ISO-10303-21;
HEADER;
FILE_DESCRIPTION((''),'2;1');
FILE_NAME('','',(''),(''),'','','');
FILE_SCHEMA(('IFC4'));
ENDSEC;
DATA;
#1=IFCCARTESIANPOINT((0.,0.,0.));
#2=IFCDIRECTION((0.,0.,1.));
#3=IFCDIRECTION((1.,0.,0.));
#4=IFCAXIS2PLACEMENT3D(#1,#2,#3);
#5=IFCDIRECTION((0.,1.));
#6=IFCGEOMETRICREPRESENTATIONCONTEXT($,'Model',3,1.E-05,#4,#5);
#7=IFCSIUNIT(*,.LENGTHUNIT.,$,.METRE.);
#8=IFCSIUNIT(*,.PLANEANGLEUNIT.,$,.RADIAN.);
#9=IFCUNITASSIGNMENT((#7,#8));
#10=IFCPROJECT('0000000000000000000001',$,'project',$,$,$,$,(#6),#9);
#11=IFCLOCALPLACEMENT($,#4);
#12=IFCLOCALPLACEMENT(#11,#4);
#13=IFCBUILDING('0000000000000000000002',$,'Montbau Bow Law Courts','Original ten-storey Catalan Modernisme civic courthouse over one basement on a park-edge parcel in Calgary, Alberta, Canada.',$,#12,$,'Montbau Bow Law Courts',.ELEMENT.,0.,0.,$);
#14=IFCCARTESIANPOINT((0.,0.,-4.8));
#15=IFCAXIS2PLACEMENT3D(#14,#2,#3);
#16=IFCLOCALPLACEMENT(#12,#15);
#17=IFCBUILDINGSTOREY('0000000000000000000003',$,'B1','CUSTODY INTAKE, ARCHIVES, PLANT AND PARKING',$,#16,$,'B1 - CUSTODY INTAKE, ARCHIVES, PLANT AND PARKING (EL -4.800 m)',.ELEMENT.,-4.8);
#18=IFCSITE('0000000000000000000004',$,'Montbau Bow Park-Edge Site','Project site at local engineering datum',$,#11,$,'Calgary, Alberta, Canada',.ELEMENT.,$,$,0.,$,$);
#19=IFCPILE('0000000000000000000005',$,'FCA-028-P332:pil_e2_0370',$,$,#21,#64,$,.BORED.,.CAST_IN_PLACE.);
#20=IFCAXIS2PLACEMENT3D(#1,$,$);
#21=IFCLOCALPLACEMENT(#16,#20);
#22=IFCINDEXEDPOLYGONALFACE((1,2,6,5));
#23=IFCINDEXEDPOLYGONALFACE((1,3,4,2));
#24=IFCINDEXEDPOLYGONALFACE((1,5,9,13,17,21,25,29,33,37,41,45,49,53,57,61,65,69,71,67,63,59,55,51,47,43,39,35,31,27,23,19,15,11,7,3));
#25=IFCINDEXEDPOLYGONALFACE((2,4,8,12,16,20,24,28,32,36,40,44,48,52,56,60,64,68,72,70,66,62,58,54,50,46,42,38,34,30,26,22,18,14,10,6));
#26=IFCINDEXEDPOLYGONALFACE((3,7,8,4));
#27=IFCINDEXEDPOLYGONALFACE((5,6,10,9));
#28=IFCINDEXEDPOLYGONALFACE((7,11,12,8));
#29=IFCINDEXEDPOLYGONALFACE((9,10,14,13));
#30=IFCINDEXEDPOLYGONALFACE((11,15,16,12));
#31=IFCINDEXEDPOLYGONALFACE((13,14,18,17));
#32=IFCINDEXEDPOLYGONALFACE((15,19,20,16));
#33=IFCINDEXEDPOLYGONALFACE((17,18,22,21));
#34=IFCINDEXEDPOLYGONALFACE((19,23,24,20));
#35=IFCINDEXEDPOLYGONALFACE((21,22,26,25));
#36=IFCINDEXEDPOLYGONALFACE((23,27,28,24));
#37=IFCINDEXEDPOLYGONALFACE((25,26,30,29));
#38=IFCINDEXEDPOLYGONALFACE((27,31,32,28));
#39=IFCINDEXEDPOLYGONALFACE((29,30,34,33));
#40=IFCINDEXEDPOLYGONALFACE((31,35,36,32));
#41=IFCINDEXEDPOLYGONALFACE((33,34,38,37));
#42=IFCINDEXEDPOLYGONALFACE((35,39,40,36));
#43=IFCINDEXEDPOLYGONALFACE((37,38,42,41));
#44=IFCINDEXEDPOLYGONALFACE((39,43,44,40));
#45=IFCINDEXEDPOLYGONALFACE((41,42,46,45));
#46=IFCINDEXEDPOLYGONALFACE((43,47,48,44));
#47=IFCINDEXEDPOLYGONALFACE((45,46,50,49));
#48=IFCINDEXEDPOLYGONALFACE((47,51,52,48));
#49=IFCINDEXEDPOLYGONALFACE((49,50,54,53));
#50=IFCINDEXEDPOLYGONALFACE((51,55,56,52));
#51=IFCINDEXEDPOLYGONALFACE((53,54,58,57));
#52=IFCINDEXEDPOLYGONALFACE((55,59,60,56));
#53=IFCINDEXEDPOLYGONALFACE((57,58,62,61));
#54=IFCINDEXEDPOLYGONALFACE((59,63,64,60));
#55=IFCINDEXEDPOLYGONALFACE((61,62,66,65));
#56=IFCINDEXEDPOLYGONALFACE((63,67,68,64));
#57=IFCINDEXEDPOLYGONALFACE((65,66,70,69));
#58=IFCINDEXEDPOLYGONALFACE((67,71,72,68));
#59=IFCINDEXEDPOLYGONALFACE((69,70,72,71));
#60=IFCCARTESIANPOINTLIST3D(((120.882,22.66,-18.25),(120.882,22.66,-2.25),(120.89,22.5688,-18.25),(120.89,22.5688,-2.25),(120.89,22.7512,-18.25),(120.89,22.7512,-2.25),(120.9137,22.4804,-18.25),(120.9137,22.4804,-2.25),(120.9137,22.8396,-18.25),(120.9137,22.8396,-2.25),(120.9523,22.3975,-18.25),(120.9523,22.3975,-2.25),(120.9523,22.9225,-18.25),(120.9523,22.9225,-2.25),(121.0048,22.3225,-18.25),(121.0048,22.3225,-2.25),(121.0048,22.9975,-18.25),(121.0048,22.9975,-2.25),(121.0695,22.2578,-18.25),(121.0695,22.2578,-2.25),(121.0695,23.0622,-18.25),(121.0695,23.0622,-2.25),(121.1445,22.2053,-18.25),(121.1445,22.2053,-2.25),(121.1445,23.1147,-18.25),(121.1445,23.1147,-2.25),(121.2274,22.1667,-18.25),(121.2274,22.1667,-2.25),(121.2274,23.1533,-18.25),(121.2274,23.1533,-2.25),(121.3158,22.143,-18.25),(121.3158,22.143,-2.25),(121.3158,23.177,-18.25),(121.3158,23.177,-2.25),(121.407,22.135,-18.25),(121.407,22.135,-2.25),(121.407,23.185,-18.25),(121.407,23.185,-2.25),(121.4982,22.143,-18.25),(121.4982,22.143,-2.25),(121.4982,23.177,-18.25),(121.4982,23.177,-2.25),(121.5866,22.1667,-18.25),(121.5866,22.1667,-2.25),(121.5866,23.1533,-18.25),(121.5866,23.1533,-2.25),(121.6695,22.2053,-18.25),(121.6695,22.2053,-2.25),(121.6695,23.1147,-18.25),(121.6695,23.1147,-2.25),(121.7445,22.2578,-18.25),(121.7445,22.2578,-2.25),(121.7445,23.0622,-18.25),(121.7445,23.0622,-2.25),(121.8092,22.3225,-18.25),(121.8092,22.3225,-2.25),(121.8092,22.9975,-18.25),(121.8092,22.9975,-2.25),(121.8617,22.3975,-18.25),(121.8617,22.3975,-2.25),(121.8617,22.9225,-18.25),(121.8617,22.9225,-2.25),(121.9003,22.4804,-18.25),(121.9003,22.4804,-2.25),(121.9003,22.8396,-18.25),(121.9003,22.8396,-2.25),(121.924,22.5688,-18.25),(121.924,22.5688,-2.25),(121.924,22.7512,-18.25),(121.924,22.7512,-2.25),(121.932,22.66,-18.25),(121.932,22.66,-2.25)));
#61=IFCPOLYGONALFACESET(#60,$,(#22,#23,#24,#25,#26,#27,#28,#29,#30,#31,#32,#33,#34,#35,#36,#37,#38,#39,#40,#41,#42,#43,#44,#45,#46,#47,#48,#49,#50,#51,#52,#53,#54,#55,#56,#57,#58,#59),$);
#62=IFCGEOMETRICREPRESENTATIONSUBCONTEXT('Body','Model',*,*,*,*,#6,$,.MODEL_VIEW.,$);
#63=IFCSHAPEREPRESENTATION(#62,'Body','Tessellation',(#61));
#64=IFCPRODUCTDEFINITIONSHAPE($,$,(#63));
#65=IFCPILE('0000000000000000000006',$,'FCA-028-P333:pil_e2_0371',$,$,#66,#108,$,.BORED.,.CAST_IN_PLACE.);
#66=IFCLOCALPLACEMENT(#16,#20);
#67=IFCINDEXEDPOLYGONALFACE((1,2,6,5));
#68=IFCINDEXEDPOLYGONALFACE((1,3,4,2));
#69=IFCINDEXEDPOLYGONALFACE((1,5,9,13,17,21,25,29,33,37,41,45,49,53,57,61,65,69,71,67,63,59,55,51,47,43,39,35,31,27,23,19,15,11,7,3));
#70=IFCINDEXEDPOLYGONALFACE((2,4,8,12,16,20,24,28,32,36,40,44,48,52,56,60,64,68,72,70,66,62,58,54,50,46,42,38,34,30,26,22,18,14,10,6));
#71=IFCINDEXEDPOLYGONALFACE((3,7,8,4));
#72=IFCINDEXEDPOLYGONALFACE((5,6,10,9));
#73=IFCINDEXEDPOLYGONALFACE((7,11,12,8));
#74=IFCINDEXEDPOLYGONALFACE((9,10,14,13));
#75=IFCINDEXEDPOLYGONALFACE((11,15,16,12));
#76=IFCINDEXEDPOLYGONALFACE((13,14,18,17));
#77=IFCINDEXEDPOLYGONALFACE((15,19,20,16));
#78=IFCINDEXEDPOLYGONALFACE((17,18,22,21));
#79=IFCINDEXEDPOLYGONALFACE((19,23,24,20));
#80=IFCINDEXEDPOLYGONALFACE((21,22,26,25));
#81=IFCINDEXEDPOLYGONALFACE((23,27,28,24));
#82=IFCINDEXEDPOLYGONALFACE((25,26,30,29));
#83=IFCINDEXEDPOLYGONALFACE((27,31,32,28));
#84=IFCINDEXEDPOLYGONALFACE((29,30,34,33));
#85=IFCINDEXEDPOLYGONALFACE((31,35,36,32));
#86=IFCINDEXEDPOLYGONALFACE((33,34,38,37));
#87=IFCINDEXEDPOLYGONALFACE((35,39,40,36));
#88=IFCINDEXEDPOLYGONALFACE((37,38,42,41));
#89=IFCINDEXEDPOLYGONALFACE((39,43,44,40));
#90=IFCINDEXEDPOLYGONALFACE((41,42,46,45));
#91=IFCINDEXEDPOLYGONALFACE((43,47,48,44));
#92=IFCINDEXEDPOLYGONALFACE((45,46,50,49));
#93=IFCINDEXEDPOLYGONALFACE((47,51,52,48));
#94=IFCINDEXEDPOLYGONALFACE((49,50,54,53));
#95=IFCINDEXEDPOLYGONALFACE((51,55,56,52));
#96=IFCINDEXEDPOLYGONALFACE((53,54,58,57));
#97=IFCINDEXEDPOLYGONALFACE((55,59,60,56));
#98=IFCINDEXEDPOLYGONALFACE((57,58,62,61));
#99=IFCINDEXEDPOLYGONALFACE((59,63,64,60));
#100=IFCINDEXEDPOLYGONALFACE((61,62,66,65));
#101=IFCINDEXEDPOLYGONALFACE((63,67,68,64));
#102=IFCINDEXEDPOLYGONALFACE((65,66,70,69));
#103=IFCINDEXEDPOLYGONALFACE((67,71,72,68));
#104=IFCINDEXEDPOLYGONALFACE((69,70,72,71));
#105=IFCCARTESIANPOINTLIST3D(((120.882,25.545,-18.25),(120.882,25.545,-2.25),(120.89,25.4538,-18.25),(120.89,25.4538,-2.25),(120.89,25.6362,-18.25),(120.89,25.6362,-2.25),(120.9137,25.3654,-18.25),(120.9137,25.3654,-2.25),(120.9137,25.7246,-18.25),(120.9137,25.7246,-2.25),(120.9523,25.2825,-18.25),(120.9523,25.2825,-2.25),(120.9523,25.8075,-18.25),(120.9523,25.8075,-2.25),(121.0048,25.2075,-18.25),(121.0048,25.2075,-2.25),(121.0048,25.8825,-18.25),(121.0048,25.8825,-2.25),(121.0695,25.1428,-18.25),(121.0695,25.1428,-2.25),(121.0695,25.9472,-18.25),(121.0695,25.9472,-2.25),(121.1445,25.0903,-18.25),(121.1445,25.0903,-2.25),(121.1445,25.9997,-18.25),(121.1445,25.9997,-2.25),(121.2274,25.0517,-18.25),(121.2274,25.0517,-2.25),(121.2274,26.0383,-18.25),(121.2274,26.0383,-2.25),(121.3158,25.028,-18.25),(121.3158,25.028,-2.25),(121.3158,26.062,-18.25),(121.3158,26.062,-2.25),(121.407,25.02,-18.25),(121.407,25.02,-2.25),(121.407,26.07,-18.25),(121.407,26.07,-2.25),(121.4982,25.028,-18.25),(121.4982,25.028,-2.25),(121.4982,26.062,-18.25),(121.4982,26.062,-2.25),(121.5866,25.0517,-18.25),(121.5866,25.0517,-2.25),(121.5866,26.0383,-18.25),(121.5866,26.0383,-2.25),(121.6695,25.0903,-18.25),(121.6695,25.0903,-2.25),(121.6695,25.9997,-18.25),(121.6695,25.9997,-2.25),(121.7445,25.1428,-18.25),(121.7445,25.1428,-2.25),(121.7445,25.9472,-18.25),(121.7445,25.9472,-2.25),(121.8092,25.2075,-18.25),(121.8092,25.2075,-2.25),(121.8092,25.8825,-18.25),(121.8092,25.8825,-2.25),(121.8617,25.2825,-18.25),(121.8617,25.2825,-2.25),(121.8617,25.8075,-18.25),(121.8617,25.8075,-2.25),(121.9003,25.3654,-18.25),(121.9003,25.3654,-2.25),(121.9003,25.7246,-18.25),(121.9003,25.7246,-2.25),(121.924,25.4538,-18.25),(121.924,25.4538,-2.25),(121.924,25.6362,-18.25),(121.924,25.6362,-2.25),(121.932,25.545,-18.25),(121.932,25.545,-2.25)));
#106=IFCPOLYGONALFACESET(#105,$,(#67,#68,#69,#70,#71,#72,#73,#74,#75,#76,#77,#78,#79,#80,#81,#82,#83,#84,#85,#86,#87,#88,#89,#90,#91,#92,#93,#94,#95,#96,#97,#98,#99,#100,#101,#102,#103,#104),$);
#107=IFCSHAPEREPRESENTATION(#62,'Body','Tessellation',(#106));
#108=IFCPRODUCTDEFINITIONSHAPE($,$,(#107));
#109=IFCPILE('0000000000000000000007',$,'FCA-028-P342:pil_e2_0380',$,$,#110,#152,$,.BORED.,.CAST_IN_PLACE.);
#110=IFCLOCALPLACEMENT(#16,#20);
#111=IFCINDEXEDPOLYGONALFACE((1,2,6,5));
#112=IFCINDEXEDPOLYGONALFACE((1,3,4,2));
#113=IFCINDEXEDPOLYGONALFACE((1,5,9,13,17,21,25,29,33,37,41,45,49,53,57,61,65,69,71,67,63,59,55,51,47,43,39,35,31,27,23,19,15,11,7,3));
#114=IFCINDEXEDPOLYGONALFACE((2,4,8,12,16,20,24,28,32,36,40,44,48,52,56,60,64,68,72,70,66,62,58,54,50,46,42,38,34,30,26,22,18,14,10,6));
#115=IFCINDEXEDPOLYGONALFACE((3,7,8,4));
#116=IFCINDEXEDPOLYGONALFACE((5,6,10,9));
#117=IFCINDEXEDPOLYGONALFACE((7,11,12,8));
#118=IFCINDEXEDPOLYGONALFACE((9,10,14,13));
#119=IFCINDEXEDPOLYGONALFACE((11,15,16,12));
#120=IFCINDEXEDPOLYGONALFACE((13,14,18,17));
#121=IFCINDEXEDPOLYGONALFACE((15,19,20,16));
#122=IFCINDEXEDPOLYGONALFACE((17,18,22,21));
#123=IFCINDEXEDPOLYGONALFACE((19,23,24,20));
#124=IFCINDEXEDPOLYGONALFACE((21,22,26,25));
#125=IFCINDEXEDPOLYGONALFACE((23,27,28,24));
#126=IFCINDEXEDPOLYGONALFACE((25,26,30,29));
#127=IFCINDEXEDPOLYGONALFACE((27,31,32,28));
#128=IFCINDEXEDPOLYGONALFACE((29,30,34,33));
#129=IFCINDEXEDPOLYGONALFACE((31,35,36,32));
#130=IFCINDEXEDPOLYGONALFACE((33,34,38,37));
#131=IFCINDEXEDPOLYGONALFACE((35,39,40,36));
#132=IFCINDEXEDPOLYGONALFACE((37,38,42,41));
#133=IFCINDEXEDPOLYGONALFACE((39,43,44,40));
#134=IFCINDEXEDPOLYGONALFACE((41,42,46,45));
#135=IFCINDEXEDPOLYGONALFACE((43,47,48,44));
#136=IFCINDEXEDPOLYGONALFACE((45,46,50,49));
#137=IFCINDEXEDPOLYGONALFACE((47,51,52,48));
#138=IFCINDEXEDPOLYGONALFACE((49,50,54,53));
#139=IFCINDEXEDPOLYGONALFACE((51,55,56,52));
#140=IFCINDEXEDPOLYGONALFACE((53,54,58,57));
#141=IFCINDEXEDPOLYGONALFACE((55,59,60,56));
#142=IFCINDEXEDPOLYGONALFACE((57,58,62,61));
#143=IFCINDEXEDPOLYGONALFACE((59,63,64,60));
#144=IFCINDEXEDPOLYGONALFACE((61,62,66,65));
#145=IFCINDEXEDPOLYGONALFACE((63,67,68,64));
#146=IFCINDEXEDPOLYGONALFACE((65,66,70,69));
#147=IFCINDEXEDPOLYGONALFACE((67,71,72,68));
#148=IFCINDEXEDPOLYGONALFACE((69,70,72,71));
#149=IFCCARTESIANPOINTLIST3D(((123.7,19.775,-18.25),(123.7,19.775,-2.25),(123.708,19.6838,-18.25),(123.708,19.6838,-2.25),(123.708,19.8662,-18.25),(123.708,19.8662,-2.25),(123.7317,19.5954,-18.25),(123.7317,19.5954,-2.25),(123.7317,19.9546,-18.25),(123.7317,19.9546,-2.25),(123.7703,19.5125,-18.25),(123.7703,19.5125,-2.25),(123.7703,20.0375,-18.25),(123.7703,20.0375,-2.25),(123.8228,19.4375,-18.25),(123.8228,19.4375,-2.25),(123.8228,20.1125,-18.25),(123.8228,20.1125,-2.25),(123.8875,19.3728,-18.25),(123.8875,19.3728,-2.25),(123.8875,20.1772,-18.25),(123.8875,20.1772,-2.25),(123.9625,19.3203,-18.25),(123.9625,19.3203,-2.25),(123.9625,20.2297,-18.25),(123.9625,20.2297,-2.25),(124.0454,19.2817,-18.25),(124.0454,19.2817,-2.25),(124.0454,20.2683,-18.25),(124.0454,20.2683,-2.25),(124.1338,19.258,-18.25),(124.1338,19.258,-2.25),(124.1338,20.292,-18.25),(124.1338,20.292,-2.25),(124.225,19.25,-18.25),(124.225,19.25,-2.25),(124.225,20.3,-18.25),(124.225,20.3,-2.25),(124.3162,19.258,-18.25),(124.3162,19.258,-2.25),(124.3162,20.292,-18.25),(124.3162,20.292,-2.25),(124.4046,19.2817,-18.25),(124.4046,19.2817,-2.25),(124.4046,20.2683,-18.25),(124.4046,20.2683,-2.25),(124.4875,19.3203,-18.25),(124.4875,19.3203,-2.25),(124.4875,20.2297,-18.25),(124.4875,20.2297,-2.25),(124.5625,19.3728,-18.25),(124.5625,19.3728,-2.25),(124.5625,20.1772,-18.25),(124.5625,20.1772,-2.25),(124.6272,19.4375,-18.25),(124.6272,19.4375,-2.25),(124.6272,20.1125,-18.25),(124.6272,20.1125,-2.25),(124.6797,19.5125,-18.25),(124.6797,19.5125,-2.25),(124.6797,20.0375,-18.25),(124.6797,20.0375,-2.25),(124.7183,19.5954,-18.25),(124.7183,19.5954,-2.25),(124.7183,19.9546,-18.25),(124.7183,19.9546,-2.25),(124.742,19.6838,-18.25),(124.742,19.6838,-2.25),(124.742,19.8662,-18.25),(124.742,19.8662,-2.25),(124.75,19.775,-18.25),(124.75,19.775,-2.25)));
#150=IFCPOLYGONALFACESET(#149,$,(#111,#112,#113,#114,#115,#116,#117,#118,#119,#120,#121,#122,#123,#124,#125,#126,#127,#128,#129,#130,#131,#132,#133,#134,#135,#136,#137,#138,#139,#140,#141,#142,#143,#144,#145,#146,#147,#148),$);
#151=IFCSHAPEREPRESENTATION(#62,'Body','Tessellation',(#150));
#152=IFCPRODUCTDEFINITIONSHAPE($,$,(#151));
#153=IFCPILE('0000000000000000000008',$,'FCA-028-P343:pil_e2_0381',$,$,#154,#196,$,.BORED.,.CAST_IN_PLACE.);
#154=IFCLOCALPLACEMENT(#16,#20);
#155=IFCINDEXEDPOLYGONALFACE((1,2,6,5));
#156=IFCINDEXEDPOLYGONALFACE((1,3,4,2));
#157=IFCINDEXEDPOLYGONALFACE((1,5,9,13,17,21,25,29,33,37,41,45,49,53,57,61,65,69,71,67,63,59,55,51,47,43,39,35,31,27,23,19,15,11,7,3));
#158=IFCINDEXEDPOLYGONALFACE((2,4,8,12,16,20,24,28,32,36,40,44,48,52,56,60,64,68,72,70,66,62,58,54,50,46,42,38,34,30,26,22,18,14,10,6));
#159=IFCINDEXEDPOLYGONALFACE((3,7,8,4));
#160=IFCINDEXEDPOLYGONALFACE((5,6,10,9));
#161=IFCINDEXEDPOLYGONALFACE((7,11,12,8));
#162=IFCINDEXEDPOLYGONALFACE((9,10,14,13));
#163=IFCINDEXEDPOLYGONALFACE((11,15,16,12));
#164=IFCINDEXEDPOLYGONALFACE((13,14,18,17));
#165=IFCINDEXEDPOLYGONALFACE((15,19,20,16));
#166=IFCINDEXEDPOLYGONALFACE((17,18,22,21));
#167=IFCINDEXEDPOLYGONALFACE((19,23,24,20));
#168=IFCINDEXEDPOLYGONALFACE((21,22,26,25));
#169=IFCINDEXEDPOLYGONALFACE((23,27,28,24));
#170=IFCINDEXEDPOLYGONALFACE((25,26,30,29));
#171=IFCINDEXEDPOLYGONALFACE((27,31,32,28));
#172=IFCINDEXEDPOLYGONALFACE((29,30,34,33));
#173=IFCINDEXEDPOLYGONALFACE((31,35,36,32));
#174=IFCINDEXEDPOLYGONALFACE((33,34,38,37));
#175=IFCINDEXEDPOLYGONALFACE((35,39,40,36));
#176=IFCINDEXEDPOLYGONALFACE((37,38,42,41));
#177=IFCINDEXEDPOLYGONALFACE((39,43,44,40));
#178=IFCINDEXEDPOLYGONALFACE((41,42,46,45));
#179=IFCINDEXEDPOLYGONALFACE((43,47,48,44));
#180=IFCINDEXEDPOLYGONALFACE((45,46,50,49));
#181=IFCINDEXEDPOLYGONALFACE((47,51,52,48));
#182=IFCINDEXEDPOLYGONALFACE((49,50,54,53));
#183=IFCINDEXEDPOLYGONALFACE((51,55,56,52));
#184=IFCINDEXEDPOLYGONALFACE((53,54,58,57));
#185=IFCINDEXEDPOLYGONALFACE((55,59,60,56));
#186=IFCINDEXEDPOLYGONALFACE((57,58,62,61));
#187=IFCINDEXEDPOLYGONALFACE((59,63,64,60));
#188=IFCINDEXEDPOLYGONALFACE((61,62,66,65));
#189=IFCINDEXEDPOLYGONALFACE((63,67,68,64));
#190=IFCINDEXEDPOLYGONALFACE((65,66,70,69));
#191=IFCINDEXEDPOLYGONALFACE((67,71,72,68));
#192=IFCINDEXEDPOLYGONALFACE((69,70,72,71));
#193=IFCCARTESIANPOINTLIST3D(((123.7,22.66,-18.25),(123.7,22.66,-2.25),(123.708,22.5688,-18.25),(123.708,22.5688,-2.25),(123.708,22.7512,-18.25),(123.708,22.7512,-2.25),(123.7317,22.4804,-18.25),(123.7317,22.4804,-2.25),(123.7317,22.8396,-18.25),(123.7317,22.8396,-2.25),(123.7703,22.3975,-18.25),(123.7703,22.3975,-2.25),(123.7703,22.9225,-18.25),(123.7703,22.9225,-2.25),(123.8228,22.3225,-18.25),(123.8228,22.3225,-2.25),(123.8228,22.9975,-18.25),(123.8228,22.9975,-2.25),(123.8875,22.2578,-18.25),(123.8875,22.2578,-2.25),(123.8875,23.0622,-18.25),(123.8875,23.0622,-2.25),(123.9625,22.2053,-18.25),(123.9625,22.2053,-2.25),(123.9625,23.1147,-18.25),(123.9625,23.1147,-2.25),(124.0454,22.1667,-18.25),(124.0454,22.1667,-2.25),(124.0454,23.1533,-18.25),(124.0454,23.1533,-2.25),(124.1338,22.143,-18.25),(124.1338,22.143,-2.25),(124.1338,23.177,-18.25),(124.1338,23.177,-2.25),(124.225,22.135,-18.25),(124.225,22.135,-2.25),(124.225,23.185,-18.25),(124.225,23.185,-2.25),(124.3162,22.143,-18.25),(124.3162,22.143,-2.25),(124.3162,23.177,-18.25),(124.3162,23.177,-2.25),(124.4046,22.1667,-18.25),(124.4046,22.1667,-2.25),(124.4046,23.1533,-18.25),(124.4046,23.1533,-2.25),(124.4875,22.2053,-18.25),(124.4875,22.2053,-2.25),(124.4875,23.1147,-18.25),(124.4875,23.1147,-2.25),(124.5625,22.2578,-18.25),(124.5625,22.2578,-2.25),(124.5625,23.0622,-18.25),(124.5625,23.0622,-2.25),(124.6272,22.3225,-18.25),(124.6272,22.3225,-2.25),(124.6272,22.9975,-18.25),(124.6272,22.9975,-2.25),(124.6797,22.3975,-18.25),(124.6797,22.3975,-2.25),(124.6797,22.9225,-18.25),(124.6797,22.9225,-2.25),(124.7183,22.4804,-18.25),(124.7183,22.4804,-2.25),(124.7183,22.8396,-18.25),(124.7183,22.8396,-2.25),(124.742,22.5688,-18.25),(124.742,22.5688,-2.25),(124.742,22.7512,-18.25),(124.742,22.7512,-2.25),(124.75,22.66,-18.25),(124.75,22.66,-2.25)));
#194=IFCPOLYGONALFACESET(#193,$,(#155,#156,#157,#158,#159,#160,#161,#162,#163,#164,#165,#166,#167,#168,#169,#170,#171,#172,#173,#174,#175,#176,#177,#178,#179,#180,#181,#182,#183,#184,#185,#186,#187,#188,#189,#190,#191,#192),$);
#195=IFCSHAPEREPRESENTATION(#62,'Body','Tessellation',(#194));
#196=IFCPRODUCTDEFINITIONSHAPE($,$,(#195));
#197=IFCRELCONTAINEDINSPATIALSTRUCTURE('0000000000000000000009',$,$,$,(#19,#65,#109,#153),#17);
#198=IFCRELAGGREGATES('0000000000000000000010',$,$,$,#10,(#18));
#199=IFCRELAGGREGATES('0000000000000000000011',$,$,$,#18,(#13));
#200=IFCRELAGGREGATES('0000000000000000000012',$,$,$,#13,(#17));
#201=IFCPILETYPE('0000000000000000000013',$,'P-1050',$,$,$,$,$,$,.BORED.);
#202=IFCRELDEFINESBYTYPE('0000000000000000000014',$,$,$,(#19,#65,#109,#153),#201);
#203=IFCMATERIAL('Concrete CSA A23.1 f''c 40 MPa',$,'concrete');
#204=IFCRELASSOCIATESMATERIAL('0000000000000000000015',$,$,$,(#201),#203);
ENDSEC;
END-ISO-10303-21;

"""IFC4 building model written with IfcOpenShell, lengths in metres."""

from ifc_helpers import new_model, si_unit, direction, frame, origin_with_axes, origin_2d_with_axis, place, context, subcontext, project, spatial, circle, extrude, material, material_profile, profile_set, type_object, element, save


model = new_model("IFC4")

# Units and contexts
model_context = context("Model", 3, precision=1e-05, world=origin_with_axes(), true_north=direction((0.0, 1.0)))
body_context = subcontext(model_context, "Body", "Model", "MODEL_VIEW")
ifc_project = project(units=[si_unit("LENGTHUNIT", "METRE"), si_unit("PLANEANGLEUNIT", "RADIAN")], contexts=[model_context])

# Site, building, storey
site_placement = place(None, origin_with_axes())
site = spatial("IfcSite", under=ifc_project, at=site_placement, Name="Montbau Bow Park-Edge Site", Description="Project site at local engineering datum", LongName="Calgary, Alberta, Canada", CompositionType="ELEMENT", RefElevation=0.0)
building_placement = place(site_placement, origin_with_axes())
building = spatial("IfcBuilding", under=site, at=building_placement, Name="Montbau Bow Law Courts", Description="Original ten-storey Catalan Modernisme civic courthouse over one basement on a park-edge parcel in Calgary, Alberta, Canada.", LongName="Montbau Bow Law Courts", CompositionType="ELEMENT", ElevationOfRefHeight=0.0, ElevationOfTerrain=0.0)
storey_placement = place(building_placement, frame((0.0, 0.0, -4.8), z_axis=(0.0, 0.0, 1.0), x_axis=(1.0, 0.0, 0.0)))
storey = spatial("IfcBuildingStorey", under=building, at=storey_placement, Name="B1", Description="CUSTODY INTAKE, ARCHIVES, PLANT AND PARKING", LongName="B1 - CUSTODY INTAKE, ARCHIVES, PLANT AND PARKING (EL -4.800 m)", CompositionType="ELEMENT", Elevation=-4.8)

# Piles
ifc_material_1 = material(Name="Concrete CSA A23.1 f'c 40 MPa", Category="concrete")
ifc_material_profile_1 = material_profile(ifc_material_1, circle(Radius=0.525, at=origin_2d_with_axis()), Name="BP1050", Category="Main", Priority=0)
ifc_profile_set_1 = profile_set([ifc_material_profile_1], Name="Concrete CSA A23.1 f'c 40 MPa")
pile_type_1 = type_object("IfcPileType", Name="P-1050", PredefinedType="BORED", material=ifc_profile_set_1)
for number, where, z_axis, x_axis, name in (
    (1, (121.407, 22.66, -23.05), (0.0, 0.0, 1.0), (1.0, 0.0, 0.0), "FCA-028-P332:pil_e2_0370"),
    (2, (121.407, 25.545, -23.05), (0.0, 0.0, 1.0), (1.0, 0.0, 0.0), "FCA-028-P333:pil_e2_0371"),
    (3, (124.225, 19.775, -23.05), (0.0, 0.0, 1.0), (1.0, 0.0, 0.0), "FCA-028-P342:pil_e2_0380"),
    (4, (124.225, 22.66, -23.05), (0.0, 0.0, 1.0), (1.0, 0.0, 0.0), "FCA-028-P343:pil_e2_0381"),
):
    element("IfcPile", number, at=place(None, frame(where, z_axis=z_axis, x_axis=x_axis)), inside=storey, type_object=pile_type_1, Name=name, ConstructionType="CAST_IN_PLACE", PredefinedType="BORED", context=body_context, shape_type="SweptSolid", body=[
        extrude(circle(Radius=0.525, at=origin_2d_with_axis()), origin_with_axes(), (0.0, 0.0, 1.0), 16.0),
    ])

save(model, "model.ifc")
